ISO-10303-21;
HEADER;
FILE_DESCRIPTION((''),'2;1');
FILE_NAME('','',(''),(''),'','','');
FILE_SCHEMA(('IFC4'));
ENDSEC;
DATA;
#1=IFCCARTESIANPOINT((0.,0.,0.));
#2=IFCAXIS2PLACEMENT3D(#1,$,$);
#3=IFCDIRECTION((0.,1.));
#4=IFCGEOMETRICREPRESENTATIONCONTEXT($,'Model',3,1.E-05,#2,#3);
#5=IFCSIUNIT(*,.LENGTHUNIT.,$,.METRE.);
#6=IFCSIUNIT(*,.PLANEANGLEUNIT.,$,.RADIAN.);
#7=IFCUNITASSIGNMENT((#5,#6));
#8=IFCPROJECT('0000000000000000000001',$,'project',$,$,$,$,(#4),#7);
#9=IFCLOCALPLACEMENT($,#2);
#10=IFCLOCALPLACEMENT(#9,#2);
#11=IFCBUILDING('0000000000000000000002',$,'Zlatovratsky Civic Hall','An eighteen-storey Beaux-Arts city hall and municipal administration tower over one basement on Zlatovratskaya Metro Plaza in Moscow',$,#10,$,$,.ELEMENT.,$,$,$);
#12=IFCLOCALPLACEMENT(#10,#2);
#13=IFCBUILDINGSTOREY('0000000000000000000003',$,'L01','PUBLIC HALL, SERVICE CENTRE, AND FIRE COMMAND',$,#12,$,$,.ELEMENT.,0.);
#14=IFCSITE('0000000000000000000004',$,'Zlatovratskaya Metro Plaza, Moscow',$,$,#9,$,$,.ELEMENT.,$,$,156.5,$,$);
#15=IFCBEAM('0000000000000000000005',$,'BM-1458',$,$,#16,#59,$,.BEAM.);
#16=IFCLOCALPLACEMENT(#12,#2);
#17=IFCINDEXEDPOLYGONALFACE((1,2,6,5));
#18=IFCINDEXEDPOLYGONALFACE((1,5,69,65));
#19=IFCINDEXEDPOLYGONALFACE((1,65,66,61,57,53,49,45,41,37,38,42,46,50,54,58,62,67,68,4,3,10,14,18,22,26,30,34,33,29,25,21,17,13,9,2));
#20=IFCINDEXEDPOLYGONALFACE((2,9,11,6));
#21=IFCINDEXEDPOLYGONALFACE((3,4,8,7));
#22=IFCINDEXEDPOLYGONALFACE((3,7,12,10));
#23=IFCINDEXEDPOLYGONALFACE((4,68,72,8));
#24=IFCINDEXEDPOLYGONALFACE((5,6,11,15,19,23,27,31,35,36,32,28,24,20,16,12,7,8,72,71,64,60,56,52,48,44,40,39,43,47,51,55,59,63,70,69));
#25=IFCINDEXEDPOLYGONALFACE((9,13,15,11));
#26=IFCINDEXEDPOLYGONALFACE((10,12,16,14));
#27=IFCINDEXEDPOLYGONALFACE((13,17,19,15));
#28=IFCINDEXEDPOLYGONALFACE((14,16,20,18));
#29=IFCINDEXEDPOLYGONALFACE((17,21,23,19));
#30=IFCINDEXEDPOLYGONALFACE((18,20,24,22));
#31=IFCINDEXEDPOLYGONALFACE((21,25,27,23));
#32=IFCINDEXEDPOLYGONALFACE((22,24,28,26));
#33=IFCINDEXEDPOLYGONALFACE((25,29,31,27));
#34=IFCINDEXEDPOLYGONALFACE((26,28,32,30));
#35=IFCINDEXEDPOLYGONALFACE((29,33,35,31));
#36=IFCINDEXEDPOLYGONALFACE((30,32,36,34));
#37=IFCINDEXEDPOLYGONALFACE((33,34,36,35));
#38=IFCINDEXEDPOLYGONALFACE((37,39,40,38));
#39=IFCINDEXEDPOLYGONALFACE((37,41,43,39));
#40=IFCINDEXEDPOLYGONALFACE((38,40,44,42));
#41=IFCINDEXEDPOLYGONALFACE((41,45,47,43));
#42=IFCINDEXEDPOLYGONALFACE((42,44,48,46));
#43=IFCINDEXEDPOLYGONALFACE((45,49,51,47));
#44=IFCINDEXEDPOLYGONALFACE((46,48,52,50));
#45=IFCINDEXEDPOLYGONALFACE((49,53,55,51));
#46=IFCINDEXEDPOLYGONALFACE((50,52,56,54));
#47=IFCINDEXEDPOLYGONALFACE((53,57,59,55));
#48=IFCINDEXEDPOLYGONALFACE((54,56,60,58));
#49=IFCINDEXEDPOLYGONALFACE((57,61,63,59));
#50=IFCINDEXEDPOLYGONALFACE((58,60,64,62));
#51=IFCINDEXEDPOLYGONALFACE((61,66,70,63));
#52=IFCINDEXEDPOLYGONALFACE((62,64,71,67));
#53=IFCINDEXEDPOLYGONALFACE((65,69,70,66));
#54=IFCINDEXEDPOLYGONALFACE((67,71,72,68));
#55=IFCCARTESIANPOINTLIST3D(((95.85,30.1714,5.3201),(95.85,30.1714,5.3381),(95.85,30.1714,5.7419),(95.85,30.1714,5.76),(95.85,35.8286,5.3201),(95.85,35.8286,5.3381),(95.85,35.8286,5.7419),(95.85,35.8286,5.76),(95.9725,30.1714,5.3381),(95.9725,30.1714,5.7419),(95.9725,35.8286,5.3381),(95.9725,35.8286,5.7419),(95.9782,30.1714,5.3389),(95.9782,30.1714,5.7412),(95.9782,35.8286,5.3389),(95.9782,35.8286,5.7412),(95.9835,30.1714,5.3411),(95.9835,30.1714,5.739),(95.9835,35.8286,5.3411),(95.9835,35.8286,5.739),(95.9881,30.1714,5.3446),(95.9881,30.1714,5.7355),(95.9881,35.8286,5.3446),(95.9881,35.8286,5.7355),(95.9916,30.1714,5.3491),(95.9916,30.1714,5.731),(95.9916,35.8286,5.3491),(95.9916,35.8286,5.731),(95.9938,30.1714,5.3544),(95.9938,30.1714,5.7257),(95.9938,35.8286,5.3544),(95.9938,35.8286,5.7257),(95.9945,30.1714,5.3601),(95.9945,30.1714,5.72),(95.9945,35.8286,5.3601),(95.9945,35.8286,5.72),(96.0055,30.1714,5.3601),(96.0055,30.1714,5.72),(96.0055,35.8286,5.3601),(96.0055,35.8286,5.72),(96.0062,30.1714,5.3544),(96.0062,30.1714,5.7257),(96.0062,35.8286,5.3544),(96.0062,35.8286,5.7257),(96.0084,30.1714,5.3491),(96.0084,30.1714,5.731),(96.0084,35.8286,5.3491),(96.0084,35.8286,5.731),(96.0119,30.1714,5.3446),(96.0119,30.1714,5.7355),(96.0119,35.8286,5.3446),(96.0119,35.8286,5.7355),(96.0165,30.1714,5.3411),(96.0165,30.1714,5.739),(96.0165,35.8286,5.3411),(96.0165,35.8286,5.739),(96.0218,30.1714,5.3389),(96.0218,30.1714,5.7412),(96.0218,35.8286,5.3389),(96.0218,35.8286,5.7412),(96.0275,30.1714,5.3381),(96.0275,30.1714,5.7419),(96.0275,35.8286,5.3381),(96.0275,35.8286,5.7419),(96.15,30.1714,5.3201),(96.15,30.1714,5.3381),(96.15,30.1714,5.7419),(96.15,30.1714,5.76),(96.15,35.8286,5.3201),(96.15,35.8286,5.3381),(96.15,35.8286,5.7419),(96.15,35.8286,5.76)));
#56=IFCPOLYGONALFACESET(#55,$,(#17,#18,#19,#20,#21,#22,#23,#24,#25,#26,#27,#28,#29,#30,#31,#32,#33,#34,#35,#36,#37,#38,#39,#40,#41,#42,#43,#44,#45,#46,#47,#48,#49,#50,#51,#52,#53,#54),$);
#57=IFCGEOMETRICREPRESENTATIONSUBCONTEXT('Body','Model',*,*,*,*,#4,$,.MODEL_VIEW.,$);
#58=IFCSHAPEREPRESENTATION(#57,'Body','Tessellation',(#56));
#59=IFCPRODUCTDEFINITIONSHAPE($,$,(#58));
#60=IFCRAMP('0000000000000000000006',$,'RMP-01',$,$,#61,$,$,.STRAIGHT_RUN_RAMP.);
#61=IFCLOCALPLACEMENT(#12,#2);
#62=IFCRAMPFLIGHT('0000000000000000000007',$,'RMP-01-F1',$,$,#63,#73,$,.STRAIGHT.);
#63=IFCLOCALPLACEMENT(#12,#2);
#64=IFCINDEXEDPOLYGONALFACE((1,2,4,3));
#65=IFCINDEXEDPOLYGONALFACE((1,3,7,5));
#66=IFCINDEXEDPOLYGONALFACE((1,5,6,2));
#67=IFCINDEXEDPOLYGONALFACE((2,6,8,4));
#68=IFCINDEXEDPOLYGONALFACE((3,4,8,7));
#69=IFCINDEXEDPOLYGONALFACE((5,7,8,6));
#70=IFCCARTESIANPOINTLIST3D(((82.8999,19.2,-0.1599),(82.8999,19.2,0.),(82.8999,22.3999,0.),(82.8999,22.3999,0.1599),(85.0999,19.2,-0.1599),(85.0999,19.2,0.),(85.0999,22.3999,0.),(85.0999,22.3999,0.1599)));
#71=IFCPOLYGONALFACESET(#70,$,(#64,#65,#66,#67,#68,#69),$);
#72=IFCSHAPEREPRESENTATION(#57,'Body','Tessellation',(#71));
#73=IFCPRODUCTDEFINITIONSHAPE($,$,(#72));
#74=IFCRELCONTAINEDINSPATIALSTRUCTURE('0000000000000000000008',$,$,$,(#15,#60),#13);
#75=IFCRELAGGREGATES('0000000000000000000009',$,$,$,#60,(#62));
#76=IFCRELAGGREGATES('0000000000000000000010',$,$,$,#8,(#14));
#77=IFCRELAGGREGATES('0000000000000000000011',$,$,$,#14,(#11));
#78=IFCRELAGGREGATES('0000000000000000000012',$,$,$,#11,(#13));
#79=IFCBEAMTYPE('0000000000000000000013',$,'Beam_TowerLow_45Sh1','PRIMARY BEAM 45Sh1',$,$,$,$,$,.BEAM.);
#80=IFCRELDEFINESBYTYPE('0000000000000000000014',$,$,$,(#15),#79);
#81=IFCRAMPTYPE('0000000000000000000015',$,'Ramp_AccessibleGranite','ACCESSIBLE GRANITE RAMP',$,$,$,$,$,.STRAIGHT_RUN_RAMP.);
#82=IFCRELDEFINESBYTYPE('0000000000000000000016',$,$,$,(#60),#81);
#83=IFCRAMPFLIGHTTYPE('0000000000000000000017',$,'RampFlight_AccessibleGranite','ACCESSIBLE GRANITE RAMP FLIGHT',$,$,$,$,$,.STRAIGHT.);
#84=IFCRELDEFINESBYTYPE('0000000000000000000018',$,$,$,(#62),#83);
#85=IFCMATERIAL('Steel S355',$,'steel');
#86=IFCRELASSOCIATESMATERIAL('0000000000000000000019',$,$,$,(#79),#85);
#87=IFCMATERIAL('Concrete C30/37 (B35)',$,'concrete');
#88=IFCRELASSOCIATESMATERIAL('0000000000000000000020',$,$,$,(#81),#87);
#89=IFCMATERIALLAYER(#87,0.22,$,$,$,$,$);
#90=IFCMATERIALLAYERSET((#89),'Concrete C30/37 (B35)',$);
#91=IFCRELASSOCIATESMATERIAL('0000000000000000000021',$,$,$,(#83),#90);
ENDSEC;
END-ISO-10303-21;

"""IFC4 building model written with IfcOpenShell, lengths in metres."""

from ifc_helpers import new_model, si_unit, direction, frame, origin, origin_2d, place, context, subcontext, project, spatial, polyline, i_section, outline, extrude, material, layer, layer_set, material_profile, profile_set, type_object, element, aggregate, save


model = new_model("IFC4")

# Units and contexts
model_context = context("Model", 3, precision=1e-05, world=origin(), true_north=direction((0.0, 1.0)))
body_context = subcontext(model_context, "Body", "Model", "MODEL_VIEW")
ifc_project = project(units=[si_unit("LENGTHUNIT", "METRE"), si_unit("PLANEANGLEUNIT", "RADIAN")], contexts=[model_context])

# Site, building, storey
site_placement = place(None, origin())
site = spatial("IfcSite", under=ifc_project, at=site_placement, Name="Zlatovratskaya Metro Plaza, Moscow", CompositionType="ELEMENT", RefElevation=156.5)
building_placement = place(site_placement, origin())
building = spatial("IfcBuilding", under=site, at=building_placement, Name="Zlatovratsky Civic Hall", Description="An eighteen-storey Beaux-Arts city hall and municipal administration tower over one basement on Zlatovratskaya Metro Plaza in Moscow", CompositionType="ELEMENT")
storey_placement = place(building_placement, origin())
storey = spatial("IfcBuildingStorey", under=building, at=storey_placement, Name="L01", Description="PUBLIC HALL, SERVICE CENTRE, AND FIRE COMMAND", CompositionType="ELEMENT", Elevation=0.0)

# Shared definitions
ifc_material_1 = material(Name="Steel S355", Category="steel")

# Beam
ifc_material_profile_1 = material_profile(ifc_material_1, i_section(OverallWidth=0.3, OverallDepth=0.4399, WebThickness=0.011, FlangeThickness=0.0181, FilletRadius=0.022, at=origin_2d()), Name="45Sh1")
ifc_profile_set_1 = profile_set([ifc_material_profile_1], Name="Steel S355")
beam_type_1 = type_object("IfcBeamType", Name="Beam_TowerLow_45Sh1", Description="PRIMARY BEAM 45Sh1", PredefinedType="BEAM", material=ifc_profile_set_1)
beam_1_placement = place(storey_placement, frame((96.0, 30.1714, 5.54), z_axis=(0.0, 1.0, 0.0), x_axis=(-1.0, 0.0, 0.0)))
element("IfcBeam", 1, at=beam_1_placement, inside=storey, type_object=beam_type_1, Name="BM-1458", PredefinedType="BEAM", context=body_context, shape_type="SweptSolid", body=[
    extrude(i_section(OverallWidth=0.3, OverallDepth=0.4399, WebThickness=0.011, FlangeThickness=0.0181, FilletRadius=0.022, at=origin_2d()), origin(), (0.0, 0.0, 1.0), 5.6572),
])

# Ramp, ramp flight
ifc_material_2 = material(Name="Concrete C30/37 (B35)", Category="concrete")
ramp_type = type_object("IfcRampType", Name="Ramp_AccessibleGranite", Description="ACCESSIBLE GRANITE RAMP", PredefinedType="STRAIGHT_RUN_RAMP", material=ifc_material_2)
ramp_placement = place(storey_placement, origin())
ramp = element("IfcRamp", 2, at=ramp_placement, inside=storey, type_object=ramp_type, Name="RMP-01", PredefinedType="STRAIGHT_RUN_RAMP")
ifc_layer = layer(ifc_material_2, 0.22)
ifc_layer_set = layer_set([ifc_layer], Name="Concrete C30/37 (B35)")
ramp_flight_type = type_object("IfcRampFlightType", Name="RampFlight_AccessibleGranite", Description="ACCESSIBLE GRANITE RAMP FLIGHT", PredefinedType="STRAIGHT", material=ifc_layer_set)
ramp_flight_placement = place(storey_placement, frame((84.0, 19.2, 0.0), z_axis=(0.0, 0.0, 1.0), x_axis=(0.0, 1.0, 0.0)))
ramp_flight = element("IfcRampFlight", 3, at=ramp_flight_placement, type_object=ramp_flight_type, Name="RMP-01-F1", PredefinedType="STRAIGHT", context=body_context, shape_type="SweptSolid", body=[
    extrude(outline(polyline([(0.0, 0.0), (3.2, 0.1599), (3.2, 0.0), (0.0, -0.1599), (0.0, 0.0)])), frame((0.0, 1.1001, 0.0), z_axis=(0.0, -1.0, 0.0), x_axis=(1.0, 0.0, 0.0)), (0.0, 0.0, 1.0), 2.2),
])
aggregate(ramp, [ramp_flight])

save(model, "model.ifc")
